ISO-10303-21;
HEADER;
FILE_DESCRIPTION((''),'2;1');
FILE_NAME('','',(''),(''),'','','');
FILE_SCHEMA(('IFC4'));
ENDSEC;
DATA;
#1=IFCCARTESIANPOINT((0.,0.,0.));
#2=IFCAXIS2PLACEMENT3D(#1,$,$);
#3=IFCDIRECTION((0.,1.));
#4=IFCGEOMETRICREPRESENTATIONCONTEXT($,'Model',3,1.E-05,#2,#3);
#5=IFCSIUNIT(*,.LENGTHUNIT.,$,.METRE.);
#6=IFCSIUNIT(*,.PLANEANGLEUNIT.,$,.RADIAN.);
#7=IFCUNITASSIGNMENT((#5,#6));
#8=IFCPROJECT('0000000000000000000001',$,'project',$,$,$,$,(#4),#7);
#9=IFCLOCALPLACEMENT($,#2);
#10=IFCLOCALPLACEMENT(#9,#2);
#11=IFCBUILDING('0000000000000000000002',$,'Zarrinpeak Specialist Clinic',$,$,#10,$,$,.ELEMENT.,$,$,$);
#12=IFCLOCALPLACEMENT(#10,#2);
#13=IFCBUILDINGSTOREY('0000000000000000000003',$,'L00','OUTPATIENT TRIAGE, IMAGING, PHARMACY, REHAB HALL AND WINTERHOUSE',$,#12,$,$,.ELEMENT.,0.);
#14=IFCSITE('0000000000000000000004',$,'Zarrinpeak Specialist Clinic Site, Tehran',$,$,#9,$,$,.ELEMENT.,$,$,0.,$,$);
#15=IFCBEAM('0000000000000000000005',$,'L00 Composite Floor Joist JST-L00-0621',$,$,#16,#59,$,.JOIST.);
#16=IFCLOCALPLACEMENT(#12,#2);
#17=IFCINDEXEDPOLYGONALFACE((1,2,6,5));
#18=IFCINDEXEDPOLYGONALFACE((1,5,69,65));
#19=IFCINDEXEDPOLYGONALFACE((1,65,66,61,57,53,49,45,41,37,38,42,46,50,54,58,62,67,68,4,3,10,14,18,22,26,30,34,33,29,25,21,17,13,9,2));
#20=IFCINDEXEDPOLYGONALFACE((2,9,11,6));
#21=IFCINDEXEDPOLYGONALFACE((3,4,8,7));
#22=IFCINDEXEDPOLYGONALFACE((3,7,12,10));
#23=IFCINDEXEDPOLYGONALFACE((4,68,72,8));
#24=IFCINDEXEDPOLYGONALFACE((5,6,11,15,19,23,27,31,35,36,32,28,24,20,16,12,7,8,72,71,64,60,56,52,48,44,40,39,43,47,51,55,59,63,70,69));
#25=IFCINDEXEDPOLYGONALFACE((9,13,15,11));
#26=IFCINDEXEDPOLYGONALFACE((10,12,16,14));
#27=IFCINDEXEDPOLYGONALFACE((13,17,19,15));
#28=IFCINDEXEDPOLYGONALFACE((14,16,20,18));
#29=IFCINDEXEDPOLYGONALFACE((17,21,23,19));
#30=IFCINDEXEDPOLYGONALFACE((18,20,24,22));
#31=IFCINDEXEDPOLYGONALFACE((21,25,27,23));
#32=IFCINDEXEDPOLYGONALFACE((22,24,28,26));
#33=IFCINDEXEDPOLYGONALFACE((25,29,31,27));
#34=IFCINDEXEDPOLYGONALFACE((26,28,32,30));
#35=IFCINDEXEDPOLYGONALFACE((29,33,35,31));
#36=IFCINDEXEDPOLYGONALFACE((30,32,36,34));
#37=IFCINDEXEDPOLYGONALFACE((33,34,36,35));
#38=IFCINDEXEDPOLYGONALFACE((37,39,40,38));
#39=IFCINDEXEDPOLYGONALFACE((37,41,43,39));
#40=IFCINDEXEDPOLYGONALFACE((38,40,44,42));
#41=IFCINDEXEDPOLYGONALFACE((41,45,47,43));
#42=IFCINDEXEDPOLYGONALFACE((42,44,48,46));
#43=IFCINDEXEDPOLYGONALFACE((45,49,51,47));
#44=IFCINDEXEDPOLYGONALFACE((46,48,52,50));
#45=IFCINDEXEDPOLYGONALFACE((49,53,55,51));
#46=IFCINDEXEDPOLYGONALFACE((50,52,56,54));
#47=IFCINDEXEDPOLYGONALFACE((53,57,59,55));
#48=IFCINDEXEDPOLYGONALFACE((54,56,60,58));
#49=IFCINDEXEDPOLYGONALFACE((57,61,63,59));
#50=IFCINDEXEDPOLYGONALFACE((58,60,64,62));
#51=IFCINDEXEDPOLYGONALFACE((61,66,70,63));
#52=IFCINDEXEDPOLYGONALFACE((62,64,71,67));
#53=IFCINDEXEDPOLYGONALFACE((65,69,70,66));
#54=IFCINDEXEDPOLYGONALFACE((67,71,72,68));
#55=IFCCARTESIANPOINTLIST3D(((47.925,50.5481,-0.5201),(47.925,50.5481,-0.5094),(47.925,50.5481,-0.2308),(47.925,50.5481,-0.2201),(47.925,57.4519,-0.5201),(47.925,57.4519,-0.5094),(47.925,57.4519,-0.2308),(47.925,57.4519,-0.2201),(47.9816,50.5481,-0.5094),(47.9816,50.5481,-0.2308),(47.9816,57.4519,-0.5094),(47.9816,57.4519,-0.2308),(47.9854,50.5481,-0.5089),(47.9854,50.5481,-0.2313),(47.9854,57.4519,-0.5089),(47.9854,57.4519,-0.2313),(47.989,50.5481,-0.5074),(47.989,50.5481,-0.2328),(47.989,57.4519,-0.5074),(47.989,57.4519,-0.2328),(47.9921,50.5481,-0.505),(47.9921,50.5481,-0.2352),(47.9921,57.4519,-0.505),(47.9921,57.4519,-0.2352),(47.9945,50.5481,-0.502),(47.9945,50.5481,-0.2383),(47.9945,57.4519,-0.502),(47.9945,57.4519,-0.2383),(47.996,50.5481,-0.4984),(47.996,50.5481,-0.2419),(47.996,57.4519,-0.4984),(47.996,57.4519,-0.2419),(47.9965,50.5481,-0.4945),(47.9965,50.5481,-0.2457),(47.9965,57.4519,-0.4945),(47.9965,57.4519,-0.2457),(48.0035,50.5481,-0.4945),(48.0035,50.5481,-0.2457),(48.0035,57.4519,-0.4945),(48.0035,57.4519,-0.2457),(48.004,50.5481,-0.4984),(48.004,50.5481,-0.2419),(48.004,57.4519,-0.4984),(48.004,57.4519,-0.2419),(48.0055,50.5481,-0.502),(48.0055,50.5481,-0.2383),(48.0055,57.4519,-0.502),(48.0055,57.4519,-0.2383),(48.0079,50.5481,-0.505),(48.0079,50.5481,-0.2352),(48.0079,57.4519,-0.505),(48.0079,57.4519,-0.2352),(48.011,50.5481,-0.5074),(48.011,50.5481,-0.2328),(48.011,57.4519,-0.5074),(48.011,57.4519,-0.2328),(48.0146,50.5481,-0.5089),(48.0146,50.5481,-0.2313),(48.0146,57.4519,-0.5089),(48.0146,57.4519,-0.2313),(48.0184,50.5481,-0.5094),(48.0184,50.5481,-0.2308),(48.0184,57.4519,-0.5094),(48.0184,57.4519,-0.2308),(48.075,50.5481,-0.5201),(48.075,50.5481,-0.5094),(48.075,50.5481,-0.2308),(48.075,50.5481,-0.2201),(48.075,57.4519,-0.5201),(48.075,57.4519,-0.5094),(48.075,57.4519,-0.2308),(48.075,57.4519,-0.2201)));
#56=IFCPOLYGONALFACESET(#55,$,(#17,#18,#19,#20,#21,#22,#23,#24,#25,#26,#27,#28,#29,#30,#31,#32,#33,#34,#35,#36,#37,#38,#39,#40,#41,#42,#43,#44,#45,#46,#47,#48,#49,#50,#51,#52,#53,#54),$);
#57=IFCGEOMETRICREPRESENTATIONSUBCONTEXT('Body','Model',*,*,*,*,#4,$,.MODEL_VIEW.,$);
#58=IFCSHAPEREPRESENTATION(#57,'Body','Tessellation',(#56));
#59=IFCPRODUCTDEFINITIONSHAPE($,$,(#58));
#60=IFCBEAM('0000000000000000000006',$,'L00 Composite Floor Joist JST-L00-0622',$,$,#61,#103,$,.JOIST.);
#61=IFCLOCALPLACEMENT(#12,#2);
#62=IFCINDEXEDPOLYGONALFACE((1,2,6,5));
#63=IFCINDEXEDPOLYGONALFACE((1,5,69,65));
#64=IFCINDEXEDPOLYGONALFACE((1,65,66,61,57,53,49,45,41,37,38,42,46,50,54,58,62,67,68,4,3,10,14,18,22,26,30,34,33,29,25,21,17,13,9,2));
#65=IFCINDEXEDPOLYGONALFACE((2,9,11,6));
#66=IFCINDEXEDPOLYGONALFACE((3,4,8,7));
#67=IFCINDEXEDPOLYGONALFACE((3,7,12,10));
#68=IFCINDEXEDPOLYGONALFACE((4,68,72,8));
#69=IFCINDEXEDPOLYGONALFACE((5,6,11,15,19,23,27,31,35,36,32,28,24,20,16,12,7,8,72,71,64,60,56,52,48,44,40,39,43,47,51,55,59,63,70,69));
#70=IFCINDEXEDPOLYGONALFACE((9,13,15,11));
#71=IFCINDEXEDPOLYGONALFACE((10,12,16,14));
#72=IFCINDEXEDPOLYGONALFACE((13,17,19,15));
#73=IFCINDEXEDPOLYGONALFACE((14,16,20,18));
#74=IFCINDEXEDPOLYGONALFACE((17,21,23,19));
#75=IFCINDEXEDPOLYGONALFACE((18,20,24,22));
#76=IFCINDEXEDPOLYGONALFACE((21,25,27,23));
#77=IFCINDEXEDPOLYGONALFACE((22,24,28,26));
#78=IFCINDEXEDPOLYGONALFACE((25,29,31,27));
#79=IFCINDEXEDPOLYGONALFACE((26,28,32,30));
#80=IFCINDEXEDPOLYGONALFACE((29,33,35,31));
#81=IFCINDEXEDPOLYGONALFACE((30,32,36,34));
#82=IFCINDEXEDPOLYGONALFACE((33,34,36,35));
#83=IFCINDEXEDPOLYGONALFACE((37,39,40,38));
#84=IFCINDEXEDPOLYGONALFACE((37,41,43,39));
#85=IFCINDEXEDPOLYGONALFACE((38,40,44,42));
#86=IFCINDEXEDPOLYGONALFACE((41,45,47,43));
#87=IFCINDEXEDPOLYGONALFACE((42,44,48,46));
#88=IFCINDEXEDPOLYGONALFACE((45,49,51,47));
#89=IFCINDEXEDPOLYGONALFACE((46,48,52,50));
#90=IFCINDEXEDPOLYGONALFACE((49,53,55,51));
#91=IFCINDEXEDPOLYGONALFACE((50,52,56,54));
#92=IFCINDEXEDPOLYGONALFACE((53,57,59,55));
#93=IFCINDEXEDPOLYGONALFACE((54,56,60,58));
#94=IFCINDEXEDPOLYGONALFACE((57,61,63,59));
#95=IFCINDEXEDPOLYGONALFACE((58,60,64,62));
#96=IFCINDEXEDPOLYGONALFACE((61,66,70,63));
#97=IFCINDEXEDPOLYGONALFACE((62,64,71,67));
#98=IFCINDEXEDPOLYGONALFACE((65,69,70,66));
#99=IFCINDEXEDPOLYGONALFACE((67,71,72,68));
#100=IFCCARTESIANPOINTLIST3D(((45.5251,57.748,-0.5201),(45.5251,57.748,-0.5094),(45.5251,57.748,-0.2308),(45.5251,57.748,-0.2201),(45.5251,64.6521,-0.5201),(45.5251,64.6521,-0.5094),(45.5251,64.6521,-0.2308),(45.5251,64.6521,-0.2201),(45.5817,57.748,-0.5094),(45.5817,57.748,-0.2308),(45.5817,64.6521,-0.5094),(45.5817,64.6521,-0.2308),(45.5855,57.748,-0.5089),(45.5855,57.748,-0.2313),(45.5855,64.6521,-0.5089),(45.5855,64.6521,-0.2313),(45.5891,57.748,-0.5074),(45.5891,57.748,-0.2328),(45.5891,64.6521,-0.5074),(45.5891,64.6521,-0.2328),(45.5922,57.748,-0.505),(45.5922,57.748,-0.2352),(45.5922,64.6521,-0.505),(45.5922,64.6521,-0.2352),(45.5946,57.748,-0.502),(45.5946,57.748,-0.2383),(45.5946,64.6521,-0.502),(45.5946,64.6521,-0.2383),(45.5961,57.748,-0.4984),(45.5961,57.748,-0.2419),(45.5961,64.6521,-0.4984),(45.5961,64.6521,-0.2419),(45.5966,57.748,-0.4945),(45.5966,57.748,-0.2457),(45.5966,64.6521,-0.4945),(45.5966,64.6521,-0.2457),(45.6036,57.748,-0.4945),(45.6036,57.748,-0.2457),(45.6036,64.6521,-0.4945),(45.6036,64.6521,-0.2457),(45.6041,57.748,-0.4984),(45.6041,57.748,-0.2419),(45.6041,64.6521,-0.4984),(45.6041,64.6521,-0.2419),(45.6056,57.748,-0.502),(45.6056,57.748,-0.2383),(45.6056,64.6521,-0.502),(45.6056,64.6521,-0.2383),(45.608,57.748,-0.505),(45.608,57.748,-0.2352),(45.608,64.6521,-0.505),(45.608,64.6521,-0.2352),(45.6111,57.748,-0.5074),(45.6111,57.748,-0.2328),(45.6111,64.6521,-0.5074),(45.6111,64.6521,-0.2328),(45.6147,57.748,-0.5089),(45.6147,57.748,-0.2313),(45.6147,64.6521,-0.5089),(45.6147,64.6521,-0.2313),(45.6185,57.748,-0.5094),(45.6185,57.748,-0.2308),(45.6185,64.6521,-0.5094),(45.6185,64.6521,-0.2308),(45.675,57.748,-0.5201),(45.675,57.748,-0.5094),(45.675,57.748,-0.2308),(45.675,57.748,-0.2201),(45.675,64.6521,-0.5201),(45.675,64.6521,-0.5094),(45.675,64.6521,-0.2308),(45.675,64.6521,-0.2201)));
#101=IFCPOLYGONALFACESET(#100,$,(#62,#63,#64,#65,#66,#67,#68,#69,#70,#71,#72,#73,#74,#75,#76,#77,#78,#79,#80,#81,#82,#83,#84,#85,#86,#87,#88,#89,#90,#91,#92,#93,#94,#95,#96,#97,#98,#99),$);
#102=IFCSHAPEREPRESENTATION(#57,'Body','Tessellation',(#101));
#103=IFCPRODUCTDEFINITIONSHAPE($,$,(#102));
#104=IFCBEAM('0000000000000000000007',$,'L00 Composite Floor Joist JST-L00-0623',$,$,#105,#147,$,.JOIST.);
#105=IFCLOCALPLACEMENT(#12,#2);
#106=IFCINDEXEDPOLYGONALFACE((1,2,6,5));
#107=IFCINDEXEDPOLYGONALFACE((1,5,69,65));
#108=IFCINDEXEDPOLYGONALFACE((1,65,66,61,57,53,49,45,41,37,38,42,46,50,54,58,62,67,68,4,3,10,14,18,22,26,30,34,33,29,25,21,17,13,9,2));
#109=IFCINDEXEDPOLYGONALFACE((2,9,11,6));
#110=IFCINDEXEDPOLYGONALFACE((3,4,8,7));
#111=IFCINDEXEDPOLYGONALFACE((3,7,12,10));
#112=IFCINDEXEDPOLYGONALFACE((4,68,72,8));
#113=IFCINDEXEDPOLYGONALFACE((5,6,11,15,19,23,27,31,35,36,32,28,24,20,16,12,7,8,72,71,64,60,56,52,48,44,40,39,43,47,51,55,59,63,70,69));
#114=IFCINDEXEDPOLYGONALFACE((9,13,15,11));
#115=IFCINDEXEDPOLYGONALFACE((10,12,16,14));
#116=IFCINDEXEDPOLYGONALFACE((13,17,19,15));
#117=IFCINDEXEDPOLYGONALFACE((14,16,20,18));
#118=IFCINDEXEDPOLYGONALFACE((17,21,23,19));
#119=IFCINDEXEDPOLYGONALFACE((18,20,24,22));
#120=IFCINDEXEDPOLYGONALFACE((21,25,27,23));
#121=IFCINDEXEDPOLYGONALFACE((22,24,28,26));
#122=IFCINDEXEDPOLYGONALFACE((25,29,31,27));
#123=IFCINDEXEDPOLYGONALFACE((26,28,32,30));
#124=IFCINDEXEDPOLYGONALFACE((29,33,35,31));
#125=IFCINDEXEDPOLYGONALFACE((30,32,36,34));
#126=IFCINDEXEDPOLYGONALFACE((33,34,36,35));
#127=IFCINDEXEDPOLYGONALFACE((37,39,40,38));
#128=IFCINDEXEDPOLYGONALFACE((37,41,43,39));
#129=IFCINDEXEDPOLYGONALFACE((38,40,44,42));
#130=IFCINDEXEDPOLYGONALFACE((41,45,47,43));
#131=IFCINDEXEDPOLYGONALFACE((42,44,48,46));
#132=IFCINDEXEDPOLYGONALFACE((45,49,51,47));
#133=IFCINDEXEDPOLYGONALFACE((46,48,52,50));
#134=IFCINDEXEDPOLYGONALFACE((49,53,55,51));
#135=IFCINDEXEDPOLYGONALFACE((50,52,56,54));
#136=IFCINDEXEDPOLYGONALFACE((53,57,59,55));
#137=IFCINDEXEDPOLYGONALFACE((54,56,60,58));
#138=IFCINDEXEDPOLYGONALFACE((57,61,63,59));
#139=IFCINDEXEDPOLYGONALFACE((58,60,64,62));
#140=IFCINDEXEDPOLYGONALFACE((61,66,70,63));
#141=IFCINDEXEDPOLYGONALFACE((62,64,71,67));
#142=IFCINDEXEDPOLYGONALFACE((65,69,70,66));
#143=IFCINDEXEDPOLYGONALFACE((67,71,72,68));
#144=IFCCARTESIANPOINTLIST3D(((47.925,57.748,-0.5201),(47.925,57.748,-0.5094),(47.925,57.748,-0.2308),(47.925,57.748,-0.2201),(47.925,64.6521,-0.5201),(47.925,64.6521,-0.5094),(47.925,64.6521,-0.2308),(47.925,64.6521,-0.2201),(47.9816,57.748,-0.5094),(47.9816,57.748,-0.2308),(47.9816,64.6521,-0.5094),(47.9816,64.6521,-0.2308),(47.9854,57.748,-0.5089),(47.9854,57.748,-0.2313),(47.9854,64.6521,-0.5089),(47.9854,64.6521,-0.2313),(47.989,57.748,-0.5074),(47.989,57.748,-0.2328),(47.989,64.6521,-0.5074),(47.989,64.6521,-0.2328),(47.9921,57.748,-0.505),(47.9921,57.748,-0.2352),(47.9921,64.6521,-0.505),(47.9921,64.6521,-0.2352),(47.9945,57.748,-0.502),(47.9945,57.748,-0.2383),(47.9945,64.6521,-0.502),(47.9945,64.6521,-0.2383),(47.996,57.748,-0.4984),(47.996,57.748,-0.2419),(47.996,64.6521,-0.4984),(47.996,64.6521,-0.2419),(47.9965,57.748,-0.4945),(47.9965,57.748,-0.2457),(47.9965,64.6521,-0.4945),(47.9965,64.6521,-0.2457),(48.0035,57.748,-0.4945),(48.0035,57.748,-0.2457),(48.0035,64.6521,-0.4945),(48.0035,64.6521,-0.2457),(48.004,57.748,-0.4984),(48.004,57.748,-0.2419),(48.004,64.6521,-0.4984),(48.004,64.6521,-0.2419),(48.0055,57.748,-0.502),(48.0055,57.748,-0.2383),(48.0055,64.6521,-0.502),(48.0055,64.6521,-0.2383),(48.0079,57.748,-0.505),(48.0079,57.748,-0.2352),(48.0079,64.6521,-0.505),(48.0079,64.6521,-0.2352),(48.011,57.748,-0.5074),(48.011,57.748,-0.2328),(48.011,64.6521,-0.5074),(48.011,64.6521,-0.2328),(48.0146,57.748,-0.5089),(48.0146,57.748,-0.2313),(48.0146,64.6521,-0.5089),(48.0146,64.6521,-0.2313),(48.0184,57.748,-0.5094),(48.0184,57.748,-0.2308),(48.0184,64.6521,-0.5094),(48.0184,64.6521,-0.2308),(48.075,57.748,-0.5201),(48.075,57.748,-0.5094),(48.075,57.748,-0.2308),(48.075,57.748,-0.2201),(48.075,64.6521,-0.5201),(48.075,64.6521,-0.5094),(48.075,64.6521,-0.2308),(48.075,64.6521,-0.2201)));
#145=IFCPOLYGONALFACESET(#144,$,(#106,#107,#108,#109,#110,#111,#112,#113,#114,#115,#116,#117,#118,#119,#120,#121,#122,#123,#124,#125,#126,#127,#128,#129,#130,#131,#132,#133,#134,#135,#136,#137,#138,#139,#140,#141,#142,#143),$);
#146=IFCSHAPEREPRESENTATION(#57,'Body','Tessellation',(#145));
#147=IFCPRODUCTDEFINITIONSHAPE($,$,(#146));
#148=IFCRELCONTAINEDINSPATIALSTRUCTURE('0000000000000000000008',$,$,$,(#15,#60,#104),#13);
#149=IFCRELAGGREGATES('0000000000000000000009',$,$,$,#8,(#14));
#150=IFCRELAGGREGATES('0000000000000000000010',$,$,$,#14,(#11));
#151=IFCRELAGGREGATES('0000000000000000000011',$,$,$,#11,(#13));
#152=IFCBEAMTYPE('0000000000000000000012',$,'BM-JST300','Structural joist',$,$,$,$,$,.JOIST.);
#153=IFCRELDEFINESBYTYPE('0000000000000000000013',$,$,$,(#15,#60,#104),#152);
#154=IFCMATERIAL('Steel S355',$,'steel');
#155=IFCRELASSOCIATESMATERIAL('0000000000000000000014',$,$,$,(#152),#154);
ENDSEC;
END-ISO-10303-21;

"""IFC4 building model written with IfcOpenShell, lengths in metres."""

from ifc_helpers import new_model, si_unit, direction, frame, origin, origin_2d, place, context, subcontext, project, spatial, i_section, extrude, material, material_profile, profile_set, type_object, element, save


model = new_model("IFC4")

# Units and contexts
model_context = context("Model", 3, precision=1e-05, world=origin(), true_north=direction((0.0, 1.0)))
body_context = subcontext(model_context, "Body", "Model", "MODEL_VIEW")
ifc_project = project(units=[si_unit("LENGTHUNIT", "METRE"), si_unit("PLANEANGLEUNIT", "RADIAN")], contexts=[model_context])

# Site, building, storey
site_placement = place(None, origin())
site = spatial("IfcSite", under=ifc_project, at=site_placement, Name="Zarrinpeak Specialist Clinic Site, Tehran", CompositionType="ELEMENT", RefElevation=0.0)
building_placement = place(site_placement, origin())
building = spatial("IfcBuilding", under=site, at=building_placement, Name="Zarrinpeak Specialist Clinic", CompositionType="ELEMENT")
storey_placement = place(building_placement, origin())
storey = spatial("IfcBuildingStorey", under=building, at=storey_placement, Name="L00", Description="OUTPATIENT TRIAGE, IMAGING, PHARMACY, REHAB HALL AND WINTERHOUSE", CompositionType="ELEMENT", Elevation=0.0)

# Beams
ifc_material = material(Name="Steel S355", Category="steel")
ifc_material_profile_1 = material_profile(ifc_material, i_section(OverallWidth=0.1499, OverallDepth=0.3, WebThickness=0.0071, FlangeThickness=0.0107, FilletRadius=0.0149, at=origin_2d()), Name="IPE 300")
ifc_profile_set_1 = profile_set([ifc_material_profile_1], Name="Steel S355")
beam_type_1 = type_object("IfcBeamType", Name="BM-JST300", Description="Structural joist", PredefinedType="JOIST", material=ifc_profile_set_1)
for number, where, z_axis, x_axis, name in (
    (1, (48.0, 50.5481, -0.3701), (0.0, 1.0, 0.0), (-1.0, 0.0, 0.0), "L00 Composite Floor Joist JST-L00-0621"),
):
    element("IfcBeam", number, at=place(storey_placement, frame(where, z_axis=z_axis, x_axis=x_axis)), inside=storey, type_object=beam_type_1, Name=name, PredefinedType="JOIST", context=body_context, shape_type="SweptSolid", body=[
        extrude(i_section(OverallWidth=0.1499, OverallDepth=0.3, WebThickness=0.0071, FlangeThickness=0.0107, FilletRadius=0.0149, at=origin_2d()), origin(), (0.0, 0.0, 1.0), 6.9038),
    ])
for number, where, z_axis, x_axis, name in (
    (2, (45.6001, 57.748, -0.3701), (0.0, 1.0, 0.0), (-1.0, 0.0, 0.0), "L00 Composite Floor Joist JST-L00-0622"),
    (3, (48.0, 57.748, -0.3701), (0.0, 1.0, 0.0), (-1.0, 0.0, 0.0), "L00 Composite Floor Joist JST-L00-0623"),
):
    element("IfcBeam", number, at=place(storey_placement, frame(where, z_axis=z_axis, x_axis=x_axis)), inside=storey, type_object=beam_type_1, Name=name, PredefinedType="JOIST", context=body_context, shape_type="SweptSolid", body=[
        extrude(i_section(OverallWidth=0.1499, OverallDepth=0.3, WebThickness=0.0071, FlangeThickness=0.0107, FilletRadius=0.0149, at=origin_2d()), origin(), (0.0, 0.0, 1.0), 6.9041),
    ])

save(model, "model.ifc")
